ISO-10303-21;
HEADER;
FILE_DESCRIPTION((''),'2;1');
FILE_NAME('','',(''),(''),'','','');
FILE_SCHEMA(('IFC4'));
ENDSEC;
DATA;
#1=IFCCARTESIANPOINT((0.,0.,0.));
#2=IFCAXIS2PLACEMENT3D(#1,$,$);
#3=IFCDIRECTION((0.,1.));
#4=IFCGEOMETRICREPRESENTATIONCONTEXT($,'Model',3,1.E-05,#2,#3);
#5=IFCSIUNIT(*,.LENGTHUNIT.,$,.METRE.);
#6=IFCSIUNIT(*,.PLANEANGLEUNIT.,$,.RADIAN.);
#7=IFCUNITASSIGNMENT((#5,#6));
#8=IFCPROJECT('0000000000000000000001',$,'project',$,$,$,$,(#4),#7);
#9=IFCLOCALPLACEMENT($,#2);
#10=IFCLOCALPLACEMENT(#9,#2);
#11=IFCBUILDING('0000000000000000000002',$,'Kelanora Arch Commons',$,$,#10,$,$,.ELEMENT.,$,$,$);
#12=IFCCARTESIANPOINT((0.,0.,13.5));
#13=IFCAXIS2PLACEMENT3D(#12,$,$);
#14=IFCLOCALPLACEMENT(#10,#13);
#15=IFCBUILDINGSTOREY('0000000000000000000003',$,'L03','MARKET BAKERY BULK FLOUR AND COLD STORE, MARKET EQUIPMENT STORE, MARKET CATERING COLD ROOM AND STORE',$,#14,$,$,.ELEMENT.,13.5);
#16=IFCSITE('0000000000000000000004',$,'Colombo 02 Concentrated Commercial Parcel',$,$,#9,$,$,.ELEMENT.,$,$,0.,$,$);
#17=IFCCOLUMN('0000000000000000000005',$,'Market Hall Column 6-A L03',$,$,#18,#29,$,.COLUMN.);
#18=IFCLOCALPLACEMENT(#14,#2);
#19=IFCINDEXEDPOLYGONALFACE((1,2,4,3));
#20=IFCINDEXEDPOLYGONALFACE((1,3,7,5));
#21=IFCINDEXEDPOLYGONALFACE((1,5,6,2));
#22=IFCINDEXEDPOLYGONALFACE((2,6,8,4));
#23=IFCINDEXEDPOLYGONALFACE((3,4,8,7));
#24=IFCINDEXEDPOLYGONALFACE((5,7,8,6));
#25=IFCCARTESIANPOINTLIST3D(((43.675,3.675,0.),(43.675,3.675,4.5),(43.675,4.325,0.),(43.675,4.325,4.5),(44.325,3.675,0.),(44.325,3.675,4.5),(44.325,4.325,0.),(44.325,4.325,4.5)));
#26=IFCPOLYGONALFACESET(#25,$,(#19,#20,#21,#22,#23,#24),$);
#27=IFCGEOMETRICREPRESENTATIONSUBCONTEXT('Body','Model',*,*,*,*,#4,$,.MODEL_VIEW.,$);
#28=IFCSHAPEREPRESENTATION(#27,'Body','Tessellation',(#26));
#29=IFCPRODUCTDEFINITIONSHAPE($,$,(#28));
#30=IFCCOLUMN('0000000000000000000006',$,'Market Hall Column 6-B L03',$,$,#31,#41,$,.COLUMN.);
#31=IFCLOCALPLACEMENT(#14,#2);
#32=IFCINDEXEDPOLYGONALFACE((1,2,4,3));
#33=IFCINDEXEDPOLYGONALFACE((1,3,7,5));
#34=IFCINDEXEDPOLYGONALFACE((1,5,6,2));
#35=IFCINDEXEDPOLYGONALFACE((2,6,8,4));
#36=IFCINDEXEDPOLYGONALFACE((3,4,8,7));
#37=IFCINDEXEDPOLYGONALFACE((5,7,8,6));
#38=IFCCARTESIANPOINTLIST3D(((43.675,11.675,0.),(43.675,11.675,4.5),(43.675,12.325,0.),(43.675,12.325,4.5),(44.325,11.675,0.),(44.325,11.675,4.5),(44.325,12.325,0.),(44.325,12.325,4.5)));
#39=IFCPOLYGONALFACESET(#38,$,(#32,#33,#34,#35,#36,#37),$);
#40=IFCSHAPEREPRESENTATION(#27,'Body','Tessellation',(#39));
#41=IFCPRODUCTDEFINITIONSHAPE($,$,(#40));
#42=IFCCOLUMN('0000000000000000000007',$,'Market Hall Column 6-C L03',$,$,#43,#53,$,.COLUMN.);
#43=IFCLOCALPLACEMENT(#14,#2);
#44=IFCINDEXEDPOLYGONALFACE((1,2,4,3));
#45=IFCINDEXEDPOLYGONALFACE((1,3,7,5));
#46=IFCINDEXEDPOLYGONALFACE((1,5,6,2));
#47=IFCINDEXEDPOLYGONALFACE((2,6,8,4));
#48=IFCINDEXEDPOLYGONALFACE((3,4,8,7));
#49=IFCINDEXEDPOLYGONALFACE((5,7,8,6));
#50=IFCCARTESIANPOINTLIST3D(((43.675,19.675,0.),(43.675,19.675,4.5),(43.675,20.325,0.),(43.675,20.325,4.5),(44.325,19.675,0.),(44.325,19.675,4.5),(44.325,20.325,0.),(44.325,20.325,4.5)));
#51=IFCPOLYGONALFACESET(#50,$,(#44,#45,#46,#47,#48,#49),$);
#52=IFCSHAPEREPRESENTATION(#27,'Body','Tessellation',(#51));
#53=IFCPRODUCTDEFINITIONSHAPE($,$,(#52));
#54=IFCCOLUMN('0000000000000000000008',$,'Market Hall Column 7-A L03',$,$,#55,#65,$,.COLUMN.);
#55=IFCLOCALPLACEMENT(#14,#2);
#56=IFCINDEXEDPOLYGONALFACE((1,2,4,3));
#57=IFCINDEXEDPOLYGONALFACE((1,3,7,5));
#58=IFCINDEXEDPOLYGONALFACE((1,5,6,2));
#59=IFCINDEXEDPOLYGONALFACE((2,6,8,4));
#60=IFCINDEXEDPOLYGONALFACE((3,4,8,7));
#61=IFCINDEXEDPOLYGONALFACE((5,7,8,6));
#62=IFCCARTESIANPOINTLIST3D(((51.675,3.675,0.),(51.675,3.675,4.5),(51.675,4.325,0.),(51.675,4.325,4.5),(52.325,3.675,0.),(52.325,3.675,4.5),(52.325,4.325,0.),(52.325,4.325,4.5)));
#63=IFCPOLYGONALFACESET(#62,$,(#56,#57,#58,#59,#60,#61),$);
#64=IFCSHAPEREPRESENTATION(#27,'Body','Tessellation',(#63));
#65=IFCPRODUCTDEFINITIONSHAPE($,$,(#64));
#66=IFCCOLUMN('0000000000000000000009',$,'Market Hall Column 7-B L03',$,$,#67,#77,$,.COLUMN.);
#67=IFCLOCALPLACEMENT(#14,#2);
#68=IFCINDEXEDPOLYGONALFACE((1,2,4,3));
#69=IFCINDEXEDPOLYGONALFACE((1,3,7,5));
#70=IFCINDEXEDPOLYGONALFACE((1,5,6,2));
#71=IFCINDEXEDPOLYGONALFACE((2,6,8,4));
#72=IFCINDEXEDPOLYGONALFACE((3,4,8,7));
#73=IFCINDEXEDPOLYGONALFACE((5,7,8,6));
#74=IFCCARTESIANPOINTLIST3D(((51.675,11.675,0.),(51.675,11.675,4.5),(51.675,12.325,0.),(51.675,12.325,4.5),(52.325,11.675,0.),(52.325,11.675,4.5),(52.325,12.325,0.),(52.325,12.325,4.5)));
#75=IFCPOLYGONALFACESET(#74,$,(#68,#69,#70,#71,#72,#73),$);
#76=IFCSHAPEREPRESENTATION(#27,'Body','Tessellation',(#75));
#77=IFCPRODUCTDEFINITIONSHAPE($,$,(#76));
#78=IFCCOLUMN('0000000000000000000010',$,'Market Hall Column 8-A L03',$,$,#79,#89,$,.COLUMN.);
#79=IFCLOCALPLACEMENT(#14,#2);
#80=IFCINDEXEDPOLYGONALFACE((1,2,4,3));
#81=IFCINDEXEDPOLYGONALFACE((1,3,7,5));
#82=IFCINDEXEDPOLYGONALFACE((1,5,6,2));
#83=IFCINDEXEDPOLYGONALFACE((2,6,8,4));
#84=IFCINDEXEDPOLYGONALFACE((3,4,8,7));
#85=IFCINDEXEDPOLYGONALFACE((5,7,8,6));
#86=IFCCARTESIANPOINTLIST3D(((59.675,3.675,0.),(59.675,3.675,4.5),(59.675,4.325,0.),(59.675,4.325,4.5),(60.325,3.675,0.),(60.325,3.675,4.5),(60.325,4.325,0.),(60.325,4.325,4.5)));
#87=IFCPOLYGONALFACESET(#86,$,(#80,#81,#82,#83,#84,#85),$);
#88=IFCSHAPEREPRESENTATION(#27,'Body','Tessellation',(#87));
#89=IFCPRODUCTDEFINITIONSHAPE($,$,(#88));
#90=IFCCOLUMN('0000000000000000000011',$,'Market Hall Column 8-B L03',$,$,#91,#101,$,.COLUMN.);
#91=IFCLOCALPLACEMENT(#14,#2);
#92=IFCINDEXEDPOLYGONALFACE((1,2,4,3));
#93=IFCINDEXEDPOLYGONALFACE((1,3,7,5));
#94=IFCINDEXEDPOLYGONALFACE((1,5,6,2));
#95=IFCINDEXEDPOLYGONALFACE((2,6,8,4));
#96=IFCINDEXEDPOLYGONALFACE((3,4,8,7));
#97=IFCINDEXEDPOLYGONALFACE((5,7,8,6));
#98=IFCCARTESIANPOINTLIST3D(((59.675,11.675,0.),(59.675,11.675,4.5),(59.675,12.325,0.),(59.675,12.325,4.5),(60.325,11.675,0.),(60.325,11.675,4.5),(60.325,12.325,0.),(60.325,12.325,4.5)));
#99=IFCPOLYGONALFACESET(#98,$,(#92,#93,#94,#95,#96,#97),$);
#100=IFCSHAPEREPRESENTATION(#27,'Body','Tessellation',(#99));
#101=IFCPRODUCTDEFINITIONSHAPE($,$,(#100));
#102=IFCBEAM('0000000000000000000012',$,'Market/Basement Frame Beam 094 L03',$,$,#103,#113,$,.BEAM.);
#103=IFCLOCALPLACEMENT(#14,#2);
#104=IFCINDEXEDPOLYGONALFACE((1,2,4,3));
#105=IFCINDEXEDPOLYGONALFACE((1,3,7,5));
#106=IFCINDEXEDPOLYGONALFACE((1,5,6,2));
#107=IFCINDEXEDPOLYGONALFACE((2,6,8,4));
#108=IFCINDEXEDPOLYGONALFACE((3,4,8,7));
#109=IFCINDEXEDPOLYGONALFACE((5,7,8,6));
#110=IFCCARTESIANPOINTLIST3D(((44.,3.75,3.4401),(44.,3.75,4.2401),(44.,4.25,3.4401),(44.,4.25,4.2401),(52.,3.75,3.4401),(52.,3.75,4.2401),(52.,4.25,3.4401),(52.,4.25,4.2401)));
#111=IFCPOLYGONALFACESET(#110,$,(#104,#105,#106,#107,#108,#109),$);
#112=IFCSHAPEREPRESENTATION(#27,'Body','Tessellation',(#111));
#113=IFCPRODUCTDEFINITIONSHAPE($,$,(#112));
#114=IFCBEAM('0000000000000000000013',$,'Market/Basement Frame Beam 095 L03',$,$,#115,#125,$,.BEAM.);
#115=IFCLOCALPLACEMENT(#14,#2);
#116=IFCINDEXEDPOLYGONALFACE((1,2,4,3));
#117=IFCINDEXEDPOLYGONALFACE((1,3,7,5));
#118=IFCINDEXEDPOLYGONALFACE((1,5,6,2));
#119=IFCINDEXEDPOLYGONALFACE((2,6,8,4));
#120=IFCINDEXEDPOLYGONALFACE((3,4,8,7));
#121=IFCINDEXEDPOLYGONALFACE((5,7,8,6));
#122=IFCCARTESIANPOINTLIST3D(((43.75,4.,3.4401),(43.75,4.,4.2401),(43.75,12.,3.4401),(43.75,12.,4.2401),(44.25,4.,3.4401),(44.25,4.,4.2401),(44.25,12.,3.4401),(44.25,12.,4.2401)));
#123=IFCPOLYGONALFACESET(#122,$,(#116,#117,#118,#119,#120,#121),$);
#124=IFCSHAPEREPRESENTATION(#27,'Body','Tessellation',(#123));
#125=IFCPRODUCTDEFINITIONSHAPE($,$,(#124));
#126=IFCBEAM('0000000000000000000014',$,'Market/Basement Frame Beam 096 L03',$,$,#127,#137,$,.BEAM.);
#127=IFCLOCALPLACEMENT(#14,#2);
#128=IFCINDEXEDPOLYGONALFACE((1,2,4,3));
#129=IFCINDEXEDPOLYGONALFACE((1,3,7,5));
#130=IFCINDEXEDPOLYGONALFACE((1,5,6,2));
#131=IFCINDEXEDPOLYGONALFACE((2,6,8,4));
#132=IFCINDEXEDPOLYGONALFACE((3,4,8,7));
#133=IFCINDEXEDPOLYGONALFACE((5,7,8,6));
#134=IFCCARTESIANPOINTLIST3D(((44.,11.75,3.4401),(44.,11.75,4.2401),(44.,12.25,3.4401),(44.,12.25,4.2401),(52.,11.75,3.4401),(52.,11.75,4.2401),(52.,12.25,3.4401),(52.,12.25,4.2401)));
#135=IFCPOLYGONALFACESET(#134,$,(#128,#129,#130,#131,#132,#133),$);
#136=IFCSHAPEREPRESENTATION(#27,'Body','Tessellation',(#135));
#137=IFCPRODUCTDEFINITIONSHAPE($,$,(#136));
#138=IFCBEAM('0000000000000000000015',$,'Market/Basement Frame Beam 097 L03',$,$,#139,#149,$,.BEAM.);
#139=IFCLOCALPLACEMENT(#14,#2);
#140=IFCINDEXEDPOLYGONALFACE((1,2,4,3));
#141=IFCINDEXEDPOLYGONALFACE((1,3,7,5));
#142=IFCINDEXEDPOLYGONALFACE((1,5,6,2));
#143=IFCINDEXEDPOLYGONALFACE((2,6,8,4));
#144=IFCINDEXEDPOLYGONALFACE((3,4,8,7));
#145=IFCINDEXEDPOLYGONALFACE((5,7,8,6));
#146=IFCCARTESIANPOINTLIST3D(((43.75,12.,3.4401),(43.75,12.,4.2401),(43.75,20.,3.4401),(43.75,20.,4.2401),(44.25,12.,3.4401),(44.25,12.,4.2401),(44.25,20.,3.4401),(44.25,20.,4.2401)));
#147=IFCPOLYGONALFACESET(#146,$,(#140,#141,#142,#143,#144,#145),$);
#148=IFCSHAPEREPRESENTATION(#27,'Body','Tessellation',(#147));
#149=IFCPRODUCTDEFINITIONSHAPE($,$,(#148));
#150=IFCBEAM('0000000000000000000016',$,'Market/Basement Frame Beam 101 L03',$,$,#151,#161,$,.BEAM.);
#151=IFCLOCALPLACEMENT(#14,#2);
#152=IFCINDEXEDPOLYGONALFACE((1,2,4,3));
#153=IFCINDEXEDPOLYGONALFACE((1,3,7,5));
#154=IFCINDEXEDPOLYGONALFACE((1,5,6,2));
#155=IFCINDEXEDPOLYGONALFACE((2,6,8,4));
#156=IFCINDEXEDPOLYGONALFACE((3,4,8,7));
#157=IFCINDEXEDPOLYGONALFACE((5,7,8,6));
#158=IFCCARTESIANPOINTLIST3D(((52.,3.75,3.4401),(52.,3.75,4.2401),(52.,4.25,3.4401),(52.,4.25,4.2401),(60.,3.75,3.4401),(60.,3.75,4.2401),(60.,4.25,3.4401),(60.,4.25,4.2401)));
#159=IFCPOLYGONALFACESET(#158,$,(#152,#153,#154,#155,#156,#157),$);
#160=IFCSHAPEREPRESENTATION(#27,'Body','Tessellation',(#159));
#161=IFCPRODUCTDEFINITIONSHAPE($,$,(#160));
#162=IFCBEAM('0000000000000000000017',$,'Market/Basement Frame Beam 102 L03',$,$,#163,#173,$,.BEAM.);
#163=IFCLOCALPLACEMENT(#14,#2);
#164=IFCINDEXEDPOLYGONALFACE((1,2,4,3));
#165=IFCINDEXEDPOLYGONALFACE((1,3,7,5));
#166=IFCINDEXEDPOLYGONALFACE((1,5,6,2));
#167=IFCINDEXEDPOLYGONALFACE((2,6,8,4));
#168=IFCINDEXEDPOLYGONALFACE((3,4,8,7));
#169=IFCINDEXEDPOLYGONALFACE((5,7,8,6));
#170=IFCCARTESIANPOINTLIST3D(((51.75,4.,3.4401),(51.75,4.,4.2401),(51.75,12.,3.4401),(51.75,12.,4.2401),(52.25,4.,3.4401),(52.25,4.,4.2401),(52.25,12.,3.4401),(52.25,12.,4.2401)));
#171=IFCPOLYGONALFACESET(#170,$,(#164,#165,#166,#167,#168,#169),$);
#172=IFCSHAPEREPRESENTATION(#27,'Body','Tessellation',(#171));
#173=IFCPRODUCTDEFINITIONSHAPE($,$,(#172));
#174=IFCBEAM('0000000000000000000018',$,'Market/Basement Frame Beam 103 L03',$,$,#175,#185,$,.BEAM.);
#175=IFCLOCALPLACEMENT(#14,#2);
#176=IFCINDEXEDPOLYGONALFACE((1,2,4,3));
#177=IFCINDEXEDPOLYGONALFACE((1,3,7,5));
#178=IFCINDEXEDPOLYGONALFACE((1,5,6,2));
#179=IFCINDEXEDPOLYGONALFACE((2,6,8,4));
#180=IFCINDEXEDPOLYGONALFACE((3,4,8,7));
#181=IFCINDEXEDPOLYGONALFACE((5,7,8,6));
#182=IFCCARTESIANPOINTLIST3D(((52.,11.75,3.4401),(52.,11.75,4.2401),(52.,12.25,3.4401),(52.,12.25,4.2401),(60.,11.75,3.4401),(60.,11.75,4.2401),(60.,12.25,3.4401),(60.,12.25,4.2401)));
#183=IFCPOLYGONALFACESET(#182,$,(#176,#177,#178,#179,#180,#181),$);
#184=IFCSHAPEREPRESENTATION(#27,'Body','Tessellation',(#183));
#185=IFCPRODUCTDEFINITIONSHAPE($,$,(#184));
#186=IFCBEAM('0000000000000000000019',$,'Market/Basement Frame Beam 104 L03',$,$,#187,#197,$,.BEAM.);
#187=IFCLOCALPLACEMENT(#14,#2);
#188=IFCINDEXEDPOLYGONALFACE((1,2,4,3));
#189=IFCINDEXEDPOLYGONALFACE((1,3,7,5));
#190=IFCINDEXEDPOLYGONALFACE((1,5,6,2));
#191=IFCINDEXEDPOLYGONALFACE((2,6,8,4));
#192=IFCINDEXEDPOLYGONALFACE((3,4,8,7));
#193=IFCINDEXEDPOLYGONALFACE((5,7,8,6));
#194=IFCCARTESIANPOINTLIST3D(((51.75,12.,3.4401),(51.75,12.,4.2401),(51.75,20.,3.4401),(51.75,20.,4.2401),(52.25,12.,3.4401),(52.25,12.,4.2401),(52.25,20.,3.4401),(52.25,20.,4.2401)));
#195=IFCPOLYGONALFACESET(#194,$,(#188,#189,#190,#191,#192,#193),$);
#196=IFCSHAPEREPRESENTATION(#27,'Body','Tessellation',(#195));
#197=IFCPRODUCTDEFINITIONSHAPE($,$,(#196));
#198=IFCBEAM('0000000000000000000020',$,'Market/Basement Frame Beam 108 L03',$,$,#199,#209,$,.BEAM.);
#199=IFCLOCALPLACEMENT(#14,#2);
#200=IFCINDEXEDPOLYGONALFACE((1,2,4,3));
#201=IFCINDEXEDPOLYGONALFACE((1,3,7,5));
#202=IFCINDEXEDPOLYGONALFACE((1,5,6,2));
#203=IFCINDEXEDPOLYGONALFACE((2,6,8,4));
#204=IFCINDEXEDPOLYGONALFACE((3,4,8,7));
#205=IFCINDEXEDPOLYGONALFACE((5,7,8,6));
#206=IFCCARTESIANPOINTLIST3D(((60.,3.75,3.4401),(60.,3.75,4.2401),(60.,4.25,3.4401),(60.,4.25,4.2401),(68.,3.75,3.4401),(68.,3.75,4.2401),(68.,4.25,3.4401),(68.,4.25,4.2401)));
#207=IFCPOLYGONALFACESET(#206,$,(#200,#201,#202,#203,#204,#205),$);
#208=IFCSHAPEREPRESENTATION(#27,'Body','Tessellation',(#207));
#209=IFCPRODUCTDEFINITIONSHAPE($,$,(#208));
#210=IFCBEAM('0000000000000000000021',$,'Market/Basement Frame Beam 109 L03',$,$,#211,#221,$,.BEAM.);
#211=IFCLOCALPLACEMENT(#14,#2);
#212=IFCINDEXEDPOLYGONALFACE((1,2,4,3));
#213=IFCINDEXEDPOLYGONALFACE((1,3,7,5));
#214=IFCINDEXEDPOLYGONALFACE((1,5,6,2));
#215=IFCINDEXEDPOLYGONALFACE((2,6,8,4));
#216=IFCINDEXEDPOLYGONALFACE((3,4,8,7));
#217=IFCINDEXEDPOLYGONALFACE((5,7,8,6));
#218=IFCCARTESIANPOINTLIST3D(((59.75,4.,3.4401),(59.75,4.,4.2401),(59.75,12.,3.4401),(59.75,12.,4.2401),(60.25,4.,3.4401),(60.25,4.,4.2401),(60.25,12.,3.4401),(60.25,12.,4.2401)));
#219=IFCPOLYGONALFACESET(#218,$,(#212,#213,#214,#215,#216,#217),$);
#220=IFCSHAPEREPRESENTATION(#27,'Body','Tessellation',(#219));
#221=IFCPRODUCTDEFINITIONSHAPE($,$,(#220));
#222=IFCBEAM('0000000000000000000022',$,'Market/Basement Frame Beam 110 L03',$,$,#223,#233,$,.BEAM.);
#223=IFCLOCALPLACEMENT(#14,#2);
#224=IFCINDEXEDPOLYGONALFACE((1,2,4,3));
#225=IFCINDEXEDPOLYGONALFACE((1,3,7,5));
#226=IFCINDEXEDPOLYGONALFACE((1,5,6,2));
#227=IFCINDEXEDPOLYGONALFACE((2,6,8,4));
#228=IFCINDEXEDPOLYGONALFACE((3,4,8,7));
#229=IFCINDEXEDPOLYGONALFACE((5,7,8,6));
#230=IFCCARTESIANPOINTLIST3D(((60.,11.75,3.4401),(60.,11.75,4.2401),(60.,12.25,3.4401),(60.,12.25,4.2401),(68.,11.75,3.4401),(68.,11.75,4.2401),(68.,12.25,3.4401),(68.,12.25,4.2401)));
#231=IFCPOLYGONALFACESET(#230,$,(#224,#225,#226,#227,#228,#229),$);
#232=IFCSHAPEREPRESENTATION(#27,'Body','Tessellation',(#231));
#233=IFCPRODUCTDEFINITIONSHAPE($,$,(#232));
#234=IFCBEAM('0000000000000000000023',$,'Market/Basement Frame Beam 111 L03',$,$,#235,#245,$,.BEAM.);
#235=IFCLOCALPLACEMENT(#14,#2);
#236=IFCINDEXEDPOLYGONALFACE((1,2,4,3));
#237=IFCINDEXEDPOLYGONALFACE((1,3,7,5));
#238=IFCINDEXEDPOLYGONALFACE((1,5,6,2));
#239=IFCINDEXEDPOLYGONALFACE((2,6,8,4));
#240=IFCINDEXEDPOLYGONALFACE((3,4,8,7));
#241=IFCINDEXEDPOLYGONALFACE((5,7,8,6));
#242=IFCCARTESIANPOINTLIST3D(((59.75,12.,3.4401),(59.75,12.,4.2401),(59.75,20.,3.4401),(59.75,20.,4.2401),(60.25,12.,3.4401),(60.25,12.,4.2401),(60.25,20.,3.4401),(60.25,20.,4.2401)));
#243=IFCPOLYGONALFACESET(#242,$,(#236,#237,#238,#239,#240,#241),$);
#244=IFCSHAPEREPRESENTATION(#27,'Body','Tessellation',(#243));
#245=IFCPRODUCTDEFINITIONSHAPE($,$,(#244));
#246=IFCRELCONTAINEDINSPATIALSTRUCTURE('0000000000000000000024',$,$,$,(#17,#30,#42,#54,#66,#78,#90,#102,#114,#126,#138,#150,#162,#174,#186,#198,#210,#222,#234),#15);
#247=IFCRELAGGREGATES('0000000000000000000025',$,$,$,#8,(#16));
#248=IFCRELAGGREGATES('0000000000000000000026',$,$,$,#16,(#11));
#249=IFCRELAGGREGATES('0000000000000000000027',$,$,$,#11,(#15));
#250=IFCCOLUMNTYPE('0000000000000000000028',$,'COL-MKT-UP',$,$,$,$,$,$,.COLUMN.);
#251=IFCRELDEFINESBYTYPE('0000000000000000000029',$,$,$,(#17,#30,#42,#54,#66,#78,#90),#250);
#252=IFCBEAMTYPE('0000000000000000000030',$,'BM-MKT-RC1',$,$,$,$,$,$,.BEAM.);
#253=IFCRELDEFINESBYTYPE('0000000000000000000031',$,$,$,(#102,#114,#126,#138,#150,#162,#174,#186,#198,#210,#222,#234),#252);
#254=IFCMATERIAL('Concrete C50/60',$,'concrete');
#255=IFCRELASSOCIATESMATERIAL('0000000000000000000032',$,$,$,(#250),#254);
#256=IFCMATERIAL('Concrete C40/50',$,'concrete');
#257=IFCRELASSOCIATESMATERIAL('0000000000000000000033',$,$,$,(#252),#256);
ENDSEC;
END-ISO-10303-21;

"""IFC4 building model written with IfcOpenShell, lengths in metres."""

from ifc_helpers import new_model, si_unit, direction, frame, origin, origin_2d, place, context, subcontext, project, spatial, rectangle, extrude, material, material_profile, profile_set, type_object, element, save


model = new_model("IFC4")

# Units and contexts
model_context = context("Model", 3, precision=1e-05, world=origin(), true_north=direction((0.0, 1.0)))
body_context = subcontext(model_context, "Body", "Model", "MODEL_VIEW")
ifc_project = project(units=[si_unit("LENGTHUNIT", "METRE"), si_unit("PLANEANGLEUNIT", "RADIAN")], contexts=[model_context])

# Site, building, storey
site_placement = place(None, origin())
site = spatial("IfcSite", under=ifc_project, at=site_placement, Name="Colombo 02 Concentrated Commercial Parcel", CompositionType="ELEMENT", RefElevation=0.0)
building_placement = place(site_placement, origin())
building = spatial("IfcBuilding", under=site, at=building_placement, Name="Kelanora Arch Commons", CompositionType="ELEMENT")
storey_placement = place(building_placement, frame((0.0, 0.0, 13.5)))
storey = spatial("IfcBuildingStorey", under=building, at=storey_placement, Name="L03", Description="MARKET BAKERY BULK FLOUR AND COLD STORE, MARKET EQUIPMENT STORE, MARKET CATERING COLD ROOM AND STORE", CompositionType="ELEMENT", Elevation=13.5)

# Columns
ifc_material_1 = material(Name="Concrete C50/60", Category="concrete")
ifc_material_profile_1 = material_profile(ifc_material_1, rectangle(XDim=0.6499, YDim=0.6499, at=origin_2d()), Name="RC650x650")
ifc_profile_set_1 = profile_set([ifc_material_profile_1], Name="Concrete C50/60")
column_type = type_object("IfcColumnType", Name="COL-MKT-UP", PredefinedType="COLUMN", material=ifc_profile_set_1)
for number, where, z_axis, x_axis, name in (
    (1, (44.0, 4.0, 0.0), (0.0, 0.0, 1.0), (1.0, 0.0, 0.0), "Market Hall Column 6-A L03"),
    (2, (44.0, 12.0, 0.0), (0.0, 0.0, 1.0), (1.0, 0.0, 0.0), "Market Hall Column 6-B L03"),
    (3, (44.0, 20.0, 0.0), (0.0, 0.0, 1.0), (1.0, 0.0, 0.0), "Market Hall Column 6-C L03"),
    (4, (52.0, 4.0, 0.0), (0.0, 0.0, 1.0), (1.0, 0.0, 0.0), "Market Hall Column 7-A L03"),
    (5, (52.0, 12.0, 0.0), (0.0, 0.0, 1.0), (1.0, 0.0, 0.0), "Market Hall Column 7-B L03"),
    (6, (60.0, 4.0, 0.0), (0.0, 0.0, 1.0), (1.0, 0.0, 0.0), "Market Hall Column 8-A L03"),
    (7, (60.0, 12.0, 0.0), (0.0, 0.0, 1.0), (1.0, 0.0, 0.0), "Market Hall Column 8-B L03"),
):
    element("IfcColumn", number, at=place(storey_placement, frame(where, z_axis=z_axis, x_axis=x_axis)), inside=storey, type_object=column_type, Name=name, PredefinedType="COLUMN", context=body_context, shape_type="SweptSolid", body=[
        extrude(rectangle(XDim=0.6499, YDim=0.6499, at=origin_2d()), origin(), (0.0, 0.0, 1.0), 4.5),
    ])

# Beams
ifc_material_2 = material(Name="Concrete C40/50", Category="concrete")
ifc_material_profile_2 = material_profile(ifc_material_2, rectangle(XDim=0.5, YDim=0.8, at=origin_2d()), Name="RCB500x800")
ifc_profile_set_2 = profile_set([ifc_material_profile_2], Name="Concrete C40/50")
beam_type = type_object("IfcBeamType", Name="BM-MKT-RC1", PredefinedType="BEAM", material=ifc_profile_set_2)
for number, where, z_axis, x_axis, name in (
    (8, (44.0, 4.0, 3.8401), (1.0, 0.0, 0.0), (0.0, 1.0, 0.0), "Market/Basement Frame Beam 094 L03"),
    (9, (44.0, 4.0, 3.8401), (0.0, 1.0, 0.0), (-1.0, 0.0, 0.0), "Market/Basement Frame Beam 095 L03"),
    (10, (44.0, 12.0, 3.8401), (1.0, 0.0, 0.0), (0.0, 1.0, 0.0), "Market/Basement Frame Beam 096 L03"),
    (11, (44.0, 12.0, 3.8401), (0.0, 1.0, 0.0), (-1.0, 0.0, 0.0), "Market/Basement Frame Beam 097 L03"),
    (12, (52.0, 4.0, 3.8401), (1.0, 0.0, 0.0), (0.0, 1.0, 0.0), "Market/Basement Frame Beam 101 L03"),
    (13, (52.0, 4.0, 3.8401), (0.0, 1.0, 0.0), (-1.0, 0.0, 0.0), "Market/Basement Frame Beam 102 L03"),
    (14, (52.0, 12.0, 3.8401), (1.0, 0.0, 0.0), (0.0, 1.0, 0.0), "Market/Basement Frame Beam 103 L03"),
    (15, (52.0, 12.0, 3.8401), (0.0, 1.0, 0.0), (-1.0, 0.0, 0.0), "Market/Basement Frame Beam 104 L03"),
    (16, (60.0, 4.0, 3.8401), (1.0, 0.0, 0.0), (0.0, 1.0, 0.0), "Market/Basement Frame Beam 108 L03"),
    (17, (60.0, 4.0, 3.8401), (0.0, 1.0, 0.0), (-1.0, 0.0, 0.0), "Market/Basement Frame Beam 109 L03"),
    (18, (60.0, 12.0, 3.8401), (1.0, 0.0, 0.0), (0.0, 1.0, 0.0), "Market/Basement Frame Beam 110 L03"),
    (19, (60.0, 12.0, 3.8401), (0.0, 1.0, 0.0), (-1.0, 0.0, 0.0), "Market/Basement Frame Beam 111 L03"),
):
    element("IfcBeam", number, at=place(storey_placement, frame(where, z_axis=z_axis, x_axis=x_axis)), inside=storey, type_object=beam_type, Name=name, PredefinedType="BEAM", context=body_context, shape_type="SweptSolid", body=[
        extrude(rectangle(XDim=0.5, YDim=0.8, at=origin_2d()), origin(), (0.0, 0.0, 1.0), 8.0),
    ])

save(model, "model.ifc")
